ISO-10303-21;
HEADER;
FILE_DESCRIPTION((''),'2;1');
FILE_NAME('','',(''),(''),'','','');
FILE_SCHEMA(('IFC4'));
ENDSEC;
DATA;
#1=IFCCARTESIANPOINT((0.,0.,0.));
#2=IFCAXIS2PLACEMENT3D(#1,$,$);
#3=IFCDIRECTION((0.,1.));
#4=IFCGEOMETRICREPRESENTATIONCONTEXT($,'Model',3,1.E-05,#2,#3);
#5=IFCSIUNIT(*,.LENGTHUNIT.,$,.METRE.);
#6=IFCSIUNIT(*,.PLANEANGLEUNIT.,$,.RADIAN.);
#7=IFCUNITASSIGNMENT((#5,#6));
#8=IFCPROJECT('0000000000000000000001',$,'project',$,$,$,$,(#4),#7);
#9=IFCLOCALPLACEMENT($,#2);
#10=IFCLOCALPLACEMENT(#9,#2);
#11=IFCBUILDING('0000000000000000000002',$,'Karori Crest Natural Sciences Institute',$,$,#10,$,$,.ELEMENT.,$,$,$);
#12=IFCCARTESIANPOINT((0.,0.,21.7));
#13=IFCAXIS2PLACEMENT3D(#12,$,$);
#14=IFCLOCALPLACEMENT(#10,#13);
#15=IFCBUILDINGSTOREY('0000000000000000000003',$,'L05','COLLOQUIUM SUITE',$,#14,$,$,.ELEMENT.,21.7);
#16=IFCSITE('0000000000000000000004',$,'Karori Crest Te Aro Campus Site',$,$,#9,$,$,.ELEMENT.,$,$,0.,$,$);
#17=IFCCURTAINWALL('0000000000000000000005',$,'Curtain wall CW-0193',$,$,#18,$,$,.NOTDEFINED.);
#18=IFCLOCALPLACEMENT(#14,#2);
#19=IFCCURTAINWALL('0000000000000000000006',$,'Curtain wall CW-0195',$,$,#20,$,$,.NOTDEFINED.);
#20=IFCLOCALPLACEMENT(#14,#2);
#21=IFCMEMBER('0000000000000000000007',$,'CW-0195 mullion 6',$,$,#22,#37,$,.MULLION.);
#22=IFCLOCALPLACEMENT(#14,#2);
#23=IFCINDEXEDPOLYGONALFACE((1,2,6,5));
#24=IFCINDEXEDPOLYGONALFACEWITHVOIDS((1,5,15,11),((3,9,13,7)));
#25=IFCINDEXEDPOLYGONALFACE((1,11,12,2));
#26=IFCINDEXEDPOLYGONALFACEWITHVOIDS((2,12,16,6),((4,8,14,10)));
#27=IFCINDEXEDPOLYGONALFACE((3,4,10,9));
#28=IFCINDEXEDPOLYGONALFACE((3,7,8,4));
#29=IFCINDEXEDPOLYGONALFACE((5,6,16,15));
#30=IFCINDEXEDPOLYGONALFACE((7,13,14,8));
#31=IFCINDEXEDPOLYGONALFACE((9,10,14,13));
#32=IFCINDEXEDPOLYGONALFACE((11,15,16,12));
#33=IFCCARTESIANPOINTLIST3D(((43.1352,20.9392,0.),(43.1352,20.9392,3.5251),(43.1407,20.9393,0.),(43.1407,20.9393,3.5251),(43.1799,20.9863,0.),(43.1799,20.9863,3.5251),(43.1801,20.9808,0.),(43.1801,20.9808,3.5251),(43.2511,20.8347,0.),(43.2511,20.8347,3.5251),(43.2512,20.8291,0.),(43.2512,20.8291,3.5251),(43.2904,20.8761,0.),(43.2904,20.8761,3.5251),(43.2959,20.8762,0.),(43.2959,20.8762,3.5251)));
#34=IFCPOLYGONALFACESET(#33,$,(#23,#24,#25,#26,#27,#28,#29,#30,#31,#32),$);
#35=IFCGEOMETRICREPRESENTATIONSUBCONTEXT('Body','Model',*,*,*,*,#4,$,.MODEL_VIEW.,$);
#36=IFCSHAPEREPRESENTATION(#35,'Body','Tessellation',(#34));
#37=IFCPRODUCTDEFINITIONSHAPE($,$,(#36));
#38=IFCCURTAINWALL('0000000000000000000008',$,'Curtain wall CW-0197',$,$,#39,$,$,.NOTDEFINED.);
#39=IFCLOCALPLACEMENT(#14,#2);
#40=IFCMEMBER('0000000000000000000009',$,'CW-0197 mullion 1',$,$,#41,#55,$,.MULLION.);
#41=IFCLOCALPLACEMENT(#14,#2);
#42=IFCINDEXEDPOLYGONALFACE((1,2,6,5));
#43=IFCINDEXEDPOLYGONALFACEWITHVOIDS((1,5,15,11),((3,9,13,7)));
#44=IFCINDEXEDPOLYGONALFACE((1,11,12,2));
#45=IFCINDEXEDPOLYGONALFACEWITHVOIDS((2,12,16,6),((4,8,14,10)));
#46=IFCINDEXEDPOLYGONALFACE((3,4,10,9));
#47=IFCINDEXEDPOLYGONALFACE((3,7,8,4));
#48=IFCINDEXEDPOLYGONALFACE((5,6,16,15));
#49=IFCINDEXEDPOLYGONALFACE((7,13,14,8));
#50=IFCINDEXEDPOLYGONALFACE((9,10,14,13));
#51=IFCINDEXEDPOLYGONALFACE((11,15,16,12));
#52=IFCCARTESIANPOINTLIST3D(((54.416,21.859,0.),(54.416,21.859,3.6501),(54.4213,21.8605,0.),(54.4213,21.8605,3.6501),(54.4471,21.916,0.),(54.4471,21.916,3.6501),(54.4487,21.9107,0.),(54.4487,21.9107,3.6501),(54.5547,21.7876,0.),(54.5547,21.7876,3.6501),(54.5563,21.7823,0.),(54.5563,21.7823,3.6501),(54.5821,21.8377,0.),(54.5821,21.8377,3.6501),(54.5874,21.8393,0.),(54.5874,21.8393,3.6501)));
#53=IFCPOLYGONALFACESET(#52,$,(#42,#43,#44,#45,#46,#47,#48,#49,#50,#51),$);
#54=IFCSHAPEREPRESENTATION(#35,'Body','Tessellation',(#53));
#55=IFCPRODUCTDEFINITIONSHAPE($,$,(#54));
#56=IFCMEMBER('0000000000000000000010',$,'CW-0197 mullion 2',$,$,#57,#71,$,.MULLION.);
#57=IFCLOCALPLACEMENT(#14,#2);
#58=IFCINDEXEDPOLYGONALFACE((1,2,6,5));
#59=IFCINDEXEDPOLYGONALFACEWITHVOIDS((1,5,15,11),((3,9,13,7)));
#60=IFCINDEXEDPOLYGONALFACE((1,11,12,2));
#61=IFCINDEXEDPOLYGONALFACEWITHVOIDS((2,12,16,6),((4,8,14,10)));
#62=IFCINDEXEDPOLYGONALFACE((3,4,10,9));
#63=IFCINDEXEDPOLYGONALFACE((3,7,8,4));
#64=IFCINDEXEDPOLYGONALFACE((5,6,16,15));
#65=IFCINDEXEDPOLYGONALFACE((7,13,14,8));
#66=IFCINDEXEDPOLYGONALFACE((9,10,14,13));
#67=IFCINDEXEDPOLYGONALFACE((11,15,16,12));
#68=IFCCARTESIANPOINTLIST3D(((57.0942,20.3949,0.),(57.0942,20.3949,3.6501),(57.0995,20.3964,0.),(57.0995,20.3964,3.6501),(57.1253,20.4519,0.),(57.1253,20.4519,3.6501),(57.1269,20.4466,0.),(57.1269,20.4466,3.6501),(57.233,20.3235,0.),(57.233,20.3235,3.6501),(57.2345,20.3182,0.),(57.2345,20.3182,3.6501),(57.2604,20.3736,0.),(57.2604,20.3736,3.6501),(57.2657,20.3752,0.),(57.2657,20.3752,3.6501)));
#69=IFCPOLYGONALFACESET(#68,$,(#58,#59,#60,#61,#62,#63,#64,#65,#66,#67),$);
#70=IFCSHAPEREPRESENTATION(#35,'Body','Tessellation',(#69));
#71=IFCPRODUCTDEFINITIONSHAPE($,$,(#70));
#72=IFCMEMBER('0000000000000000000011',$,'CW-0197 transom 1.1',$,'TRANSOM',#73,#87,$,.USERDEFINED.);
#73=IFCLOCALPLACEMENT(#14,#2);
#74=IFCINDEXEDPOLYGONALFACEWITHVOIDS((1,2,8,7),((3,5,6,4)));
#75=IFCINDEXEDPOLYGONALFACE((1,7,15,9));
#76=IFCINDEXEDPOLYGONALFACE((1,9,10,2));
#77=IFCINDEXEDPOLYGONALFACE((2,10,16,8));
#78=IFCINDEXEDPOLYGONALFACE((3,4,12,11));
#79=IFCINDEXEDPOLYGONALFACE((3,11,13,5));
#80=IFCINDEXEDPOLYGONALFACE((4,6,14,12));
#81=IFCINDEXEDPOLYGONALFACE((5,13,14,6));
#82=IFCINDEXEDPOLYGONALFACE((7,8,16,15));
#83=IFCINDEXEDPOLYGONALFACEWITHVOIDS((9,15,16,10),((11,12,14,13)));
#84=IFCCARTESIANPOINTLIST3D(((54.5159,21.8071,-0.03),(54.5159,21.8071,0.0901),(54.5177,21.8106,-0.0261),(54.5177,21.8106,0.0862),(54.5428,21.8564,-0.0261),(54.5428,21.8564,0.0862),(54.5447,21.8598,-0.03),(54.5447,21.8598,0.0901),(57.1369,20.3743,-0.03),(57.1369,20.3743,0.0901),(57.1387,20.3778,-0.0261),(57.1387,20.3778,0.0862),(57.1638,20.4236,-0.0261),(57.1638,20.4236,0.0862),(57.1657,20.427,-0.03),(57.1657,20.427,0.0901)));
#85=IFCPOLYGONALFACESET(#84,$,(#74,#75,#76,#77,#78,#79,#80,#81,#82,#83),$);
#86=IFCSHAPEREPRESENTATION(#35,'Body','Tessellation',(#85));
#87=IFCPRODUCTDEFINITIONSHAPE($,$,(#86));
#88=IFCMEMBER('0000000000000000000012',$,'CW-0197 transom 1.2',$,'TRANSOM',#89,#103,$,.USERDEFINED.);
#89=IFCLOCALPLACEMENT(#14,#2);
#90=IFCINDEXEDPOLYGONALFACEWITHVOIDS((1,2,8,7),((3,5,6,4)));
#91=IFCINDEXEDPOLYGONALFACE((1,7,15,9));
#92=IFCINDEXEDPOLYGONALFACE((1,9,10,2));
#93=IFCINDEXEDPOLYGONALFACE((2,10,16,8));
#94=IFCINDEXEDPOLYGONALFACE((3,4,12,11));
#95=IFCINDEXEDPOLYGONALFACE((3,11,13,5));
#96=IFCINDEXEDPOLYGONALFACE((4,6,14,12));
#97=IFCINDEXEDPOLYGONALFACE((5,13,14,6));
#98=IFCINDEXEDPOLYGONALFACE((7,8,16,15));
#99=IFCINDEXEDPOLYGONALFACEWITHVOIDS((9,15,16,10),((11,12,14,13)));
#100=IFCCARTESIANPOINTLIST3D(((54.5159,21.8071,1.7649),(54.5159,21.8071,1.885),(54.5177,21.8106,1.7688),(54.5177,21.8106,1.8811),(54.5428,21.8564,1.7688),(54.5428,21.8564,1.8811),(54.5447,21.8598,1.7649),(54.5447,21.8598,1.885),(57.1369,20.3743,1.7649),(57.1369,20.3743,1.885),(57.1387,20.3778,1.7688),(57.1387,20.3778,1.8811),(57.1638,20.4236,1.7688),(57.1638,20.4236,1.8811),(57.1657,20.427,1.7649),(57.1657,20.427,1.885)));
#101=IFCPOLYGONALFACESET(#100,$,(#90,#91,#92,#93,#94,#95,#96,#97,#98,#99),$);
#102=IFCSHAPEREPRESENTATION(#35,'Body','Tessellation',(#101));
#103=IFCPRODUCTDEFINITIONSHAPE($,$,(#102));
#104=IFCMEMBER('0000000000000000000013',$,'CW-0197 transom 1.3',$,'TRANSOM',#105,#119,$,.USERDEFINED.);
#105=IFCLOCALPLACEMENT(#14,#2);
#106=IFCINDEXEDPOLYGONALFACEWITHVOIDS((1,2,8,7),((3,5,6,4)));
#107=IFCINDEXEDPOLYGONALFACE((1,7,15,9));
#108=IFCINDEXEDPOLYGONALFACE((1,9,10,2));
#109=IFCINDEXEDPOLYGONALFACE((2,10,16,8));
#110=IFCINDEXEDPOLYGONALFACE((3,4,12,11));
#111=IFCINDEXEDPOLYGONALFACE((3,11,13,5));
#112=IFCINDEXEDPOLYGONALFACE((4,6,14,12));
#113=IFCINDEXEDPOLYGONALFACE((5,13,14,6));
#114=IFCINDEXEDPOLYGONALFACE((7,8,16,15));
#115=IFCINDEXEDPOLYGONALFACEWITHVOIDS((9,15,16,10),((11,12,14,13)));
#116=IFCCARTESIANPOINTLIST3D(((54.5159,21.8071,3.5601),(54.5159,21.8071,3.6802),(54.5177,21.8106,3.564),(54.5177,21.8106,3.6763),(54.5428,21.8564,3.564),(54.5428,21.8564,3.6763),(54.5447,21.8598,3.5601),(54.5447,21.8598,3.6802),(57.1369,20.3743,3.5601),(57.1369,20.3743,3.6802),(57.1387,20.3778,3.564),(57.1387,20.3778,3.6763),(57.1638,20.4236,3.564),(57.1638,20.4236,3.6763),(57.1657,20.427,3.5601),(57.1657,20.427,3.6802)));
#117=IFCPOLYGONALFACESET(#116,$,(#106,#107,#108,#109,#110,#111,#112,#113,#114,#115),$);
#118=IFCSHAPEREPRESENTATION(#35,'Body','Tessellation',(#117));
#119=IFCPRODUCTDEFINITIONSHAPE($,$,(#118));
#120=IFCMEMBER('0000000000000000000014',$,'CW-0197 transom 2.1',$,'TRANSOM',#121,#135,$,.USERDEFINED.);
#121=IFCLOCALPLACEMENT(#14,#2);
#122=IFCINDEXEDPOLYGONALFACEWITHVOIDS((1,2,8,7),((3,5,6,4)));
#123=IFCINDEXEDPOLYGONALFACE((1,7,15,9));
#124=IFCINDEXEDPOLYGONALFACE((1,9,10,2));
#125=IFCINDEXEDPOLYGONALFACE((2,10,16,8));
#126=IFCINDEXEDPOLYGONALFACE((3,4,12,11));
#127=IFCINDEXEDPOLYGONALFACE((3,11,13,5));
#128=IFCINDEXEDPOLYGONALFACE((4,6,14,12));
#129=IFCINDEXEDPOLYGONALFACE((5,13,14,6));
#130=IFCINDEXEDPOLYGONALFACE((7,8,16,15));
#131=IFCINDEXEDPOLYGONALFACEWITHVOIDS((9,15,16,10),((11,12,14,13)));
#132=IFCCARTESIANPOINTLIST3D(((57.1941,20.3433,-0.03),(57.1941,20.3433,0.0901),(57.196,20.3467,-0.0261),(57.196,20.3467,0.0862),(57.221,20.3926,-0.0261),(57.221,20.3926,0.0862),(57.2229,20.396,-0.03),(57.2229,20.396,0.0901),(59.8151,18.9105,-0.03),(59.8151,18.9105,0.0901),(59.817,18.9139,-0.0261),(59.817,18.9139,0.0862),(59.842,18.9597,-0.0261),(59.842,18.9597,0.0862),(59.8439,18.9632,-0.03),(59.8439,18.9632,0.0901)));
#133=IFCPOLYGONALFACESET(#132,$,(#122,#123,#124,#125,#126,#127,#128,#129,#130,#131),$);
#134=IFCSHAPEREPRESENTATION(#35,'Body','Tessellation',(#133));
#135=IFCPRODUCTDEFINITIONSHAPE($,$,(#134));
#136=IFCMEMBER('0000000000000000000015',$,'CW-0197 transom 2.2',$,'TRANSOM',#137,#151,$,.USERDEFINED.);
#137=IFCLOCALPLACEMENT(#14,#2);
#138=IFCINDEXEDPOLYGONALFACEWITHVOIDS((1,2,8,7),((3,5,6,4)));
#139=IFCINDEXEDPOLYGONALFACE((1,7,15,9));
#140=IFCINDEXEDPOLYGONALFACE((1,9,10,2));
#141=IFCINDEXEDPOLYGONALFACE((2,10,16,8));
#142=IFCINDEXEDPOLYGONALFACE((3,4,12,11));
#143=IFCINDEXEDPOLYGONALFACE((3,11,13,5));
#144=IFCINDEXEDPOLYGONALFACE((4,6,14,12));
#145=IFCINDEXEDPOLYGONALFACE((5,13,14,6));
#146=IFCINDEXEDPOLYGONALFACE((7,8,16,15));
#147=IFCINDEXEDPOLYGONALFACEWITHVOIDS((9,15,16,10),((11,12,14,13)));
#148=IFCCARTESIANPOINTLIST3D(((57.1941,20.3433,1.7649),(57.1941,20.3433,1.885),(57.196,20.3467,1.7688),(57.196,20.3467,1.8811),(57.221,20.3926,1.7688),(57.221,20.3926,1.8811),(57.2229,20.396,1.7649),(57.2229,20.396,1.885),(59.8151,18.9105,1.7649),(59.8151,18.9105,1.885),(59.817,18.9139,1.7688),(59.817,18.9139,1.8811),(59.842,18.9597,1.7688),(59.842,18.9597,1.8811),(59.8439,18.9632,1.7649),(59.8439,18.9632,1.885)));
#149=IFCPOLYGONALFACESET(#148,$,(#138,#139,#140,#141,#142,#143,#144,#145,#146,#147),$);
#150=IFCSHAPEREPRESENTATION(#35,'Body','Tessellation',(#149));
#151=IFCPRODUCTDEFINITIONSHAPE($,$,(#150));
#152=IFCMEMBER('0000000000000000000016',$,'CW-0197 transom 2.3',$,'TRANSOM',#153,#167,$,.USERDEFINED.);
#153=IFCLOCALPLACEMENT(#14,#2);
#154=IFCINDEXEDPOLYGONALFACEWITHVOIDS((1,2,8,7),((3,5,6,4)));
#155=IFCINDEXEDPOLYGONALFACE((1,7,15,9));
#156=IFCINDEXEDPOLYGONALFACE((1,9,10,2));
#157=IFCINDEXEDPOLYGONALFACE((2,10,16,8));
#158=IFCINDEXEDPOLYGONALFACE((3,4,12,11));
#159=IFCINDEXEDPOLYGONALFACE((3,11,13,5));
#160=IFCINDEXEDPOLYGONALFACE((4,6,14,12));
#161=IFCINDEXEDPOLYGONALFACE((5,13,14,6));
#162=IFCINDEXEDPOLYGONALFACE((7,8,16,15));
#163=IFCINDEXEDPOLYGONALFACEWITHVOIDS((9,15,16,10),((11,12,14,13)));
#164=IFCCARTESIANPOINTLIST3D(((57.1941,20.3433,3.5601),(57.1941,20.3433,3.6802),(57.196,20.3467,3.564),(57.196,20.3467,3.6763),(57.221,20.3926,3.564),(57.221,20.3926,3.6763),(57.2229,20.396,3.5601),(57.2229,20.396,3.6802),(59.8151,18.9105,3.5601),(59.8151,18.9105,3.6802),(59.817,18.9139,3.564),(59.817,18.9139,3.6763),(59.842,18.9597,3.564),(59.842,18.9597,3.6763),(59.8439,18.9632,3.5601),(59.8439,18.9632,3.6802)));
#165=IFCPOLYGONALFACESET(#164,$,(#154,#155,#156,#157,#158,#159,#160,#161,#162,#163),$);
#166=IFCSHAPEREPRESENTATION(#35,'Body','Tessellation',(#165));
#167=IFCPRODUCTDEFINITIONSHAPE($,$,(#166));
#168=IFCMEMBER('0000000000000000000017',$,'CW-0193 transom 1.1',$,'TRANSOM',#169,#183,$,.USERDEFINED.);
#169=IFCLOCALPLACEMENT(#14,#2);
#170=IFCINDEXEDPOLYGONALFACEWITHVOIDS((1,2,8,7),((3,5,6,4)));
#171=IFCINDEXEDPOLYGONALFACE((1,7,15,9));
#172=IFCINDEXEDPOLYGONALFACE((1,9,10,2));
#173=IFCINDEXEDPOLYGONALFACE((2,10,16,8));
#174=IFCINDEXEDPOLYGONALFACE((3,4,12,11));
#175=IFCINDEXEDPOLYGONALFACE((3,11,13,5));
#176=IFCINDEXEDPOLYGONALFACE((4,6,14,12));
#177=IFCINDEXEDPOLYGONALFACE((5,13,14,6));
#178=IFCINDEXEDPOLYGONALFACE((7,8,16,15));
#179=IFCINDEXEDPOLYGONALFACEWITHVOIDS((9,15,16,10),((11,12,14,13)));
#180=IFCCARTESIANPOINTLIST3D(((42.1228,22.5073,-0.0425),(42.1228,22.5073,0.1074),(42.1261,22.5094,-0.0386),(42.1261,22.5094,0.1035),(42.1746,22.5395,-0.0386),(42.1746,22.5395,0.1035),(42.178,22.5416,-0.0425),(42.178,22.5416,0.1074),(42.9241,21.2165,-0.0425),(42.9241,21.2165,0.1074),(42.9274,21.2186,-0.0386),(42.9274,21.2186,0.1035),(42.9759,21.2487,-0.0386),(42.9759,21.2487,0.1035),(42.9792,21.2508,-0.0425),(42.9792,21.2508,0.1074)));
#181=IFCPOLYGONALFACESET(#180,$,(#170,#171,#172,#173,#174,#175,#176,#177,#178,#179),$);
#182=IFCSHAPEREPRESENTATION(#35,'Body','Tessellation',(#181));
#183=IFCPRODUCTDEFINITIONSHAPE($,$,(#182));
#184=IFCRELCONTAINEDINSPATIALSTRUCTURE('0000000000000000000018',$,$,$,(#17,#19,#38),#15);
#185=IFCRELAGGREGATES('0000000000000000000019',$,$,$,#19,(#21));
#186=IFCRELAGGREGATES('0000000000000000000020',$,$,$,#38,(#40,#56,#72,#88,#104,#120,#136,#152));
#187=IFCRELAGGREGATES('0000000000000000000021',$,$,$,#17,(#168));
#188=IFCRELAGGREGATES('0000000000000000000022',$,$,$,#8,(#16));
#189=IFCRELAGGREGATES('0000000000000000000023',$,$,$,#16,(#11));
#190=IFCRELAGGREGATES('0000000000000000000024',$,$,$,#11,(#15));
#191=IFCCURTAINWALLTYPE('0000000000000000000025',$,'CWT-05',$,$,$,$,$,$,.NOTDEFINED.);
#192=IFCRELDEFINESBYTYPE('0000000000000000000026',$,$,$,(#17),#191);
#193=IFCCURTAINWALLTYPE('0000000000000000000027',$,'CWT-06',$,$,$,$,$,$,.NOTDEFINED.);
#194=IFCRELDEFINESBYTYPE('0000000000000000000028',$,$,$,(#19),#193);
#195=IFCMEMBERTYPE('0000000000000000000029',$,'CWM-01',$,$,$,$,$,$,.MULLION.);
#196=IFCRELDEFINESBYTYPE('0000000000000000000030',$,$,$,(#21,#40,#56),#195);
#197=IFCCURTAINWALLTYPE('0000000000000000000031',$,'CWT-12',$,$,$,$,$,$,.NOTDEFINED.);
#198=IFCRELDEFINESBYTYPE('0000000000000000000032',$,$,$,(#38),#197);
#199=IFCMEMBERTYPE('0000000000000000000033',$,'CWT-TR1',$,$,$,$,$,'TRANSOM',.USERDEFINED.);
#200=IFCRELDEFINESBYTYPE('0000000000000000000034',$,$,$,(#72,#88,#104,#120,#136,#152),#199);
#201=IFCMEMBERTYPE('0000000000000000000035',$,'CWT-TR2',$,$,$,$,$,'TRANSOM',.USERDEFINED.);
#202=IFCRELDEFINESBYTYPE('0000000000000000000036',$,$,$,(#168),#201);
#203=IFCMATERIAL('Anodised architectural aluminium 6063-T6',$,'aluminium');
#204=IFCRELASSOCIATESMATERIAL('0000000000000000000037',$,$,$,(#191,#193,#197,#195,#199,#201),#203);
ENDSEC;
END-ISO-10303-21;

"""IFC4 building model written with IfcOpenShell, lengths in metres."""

from ifc_helpers import new_model, si_unit, direction, frame, origin, origin_2d, place, context, subcontext, project, spatial, hollow_rectangle, extrude, material, material_profile, profile_set, type_object, element, aggregate, save


model = new_model("IFC4")

# Units and contexts
model_context = context("Model", 3, precision=1e-05, world=origin(), true_north=direction((0.0, 1.0)))
body_context = subcontext(model_context, "Body", "Model", "MODEL_VIEW")
ifc_project = project(units=[si_unit("LENGTHUNIT", "METRE"), si_unit("PLANEANGLEUNIT", "RADIAN")], contexts=[model_context])

# Site, building, storey
site_placement = place(None, origin())
site = spatial("IfcSite", under=ifc_project, at=site_placement, Name="Karori Crest Te Aro Campus Site", CompositionType="ELEMENT", RefElevation=0.0)
building_placement = place(site_placement, origin())
building = spatial("IfcBuilding", under=site, at=building_placement, Name="Karori Crest Natural Sciences Institute", CompositionType="ELEMENT")
storey_placement = place(building_placement, frame((0.0, 0.0, 21.7)))
storey = spatial("IfcBuildingStorey", under=building, at=storey_placement, Name="L05", Description="COLLOQUIUM SUITE", CompositionType="ELEMENT", Elevation=21.7)

# Curtain walls, member
ifc_material_1 = material(Name="Anodised architectural aluminium 6063-T6", Category="aluminium")
curtain_wall_type_1 = type_object("IfcCurtainWallType", Name="CWT-05", PredefinedType="NOTDEFINED", material=ifc_material_1)
curtain_wall_1_placement = place(storey_placement, origin())
curtain_wall_1 = element("IfcCurtainWall", 1, at=curtain_wall_1_placement, inside=storey, type_object=curtain_wall_type_1, Name="Curtain wall CW-0193", PredefinedType="NOTDEFINED")
ifc_material_profile_1 = material_profile(ifc_material_1, hollow_rectangle(XDim=0.0649, YDim=0.1599, WallThickness=0.0039, at=origin_2d()), Name="CWM160x65x4")
ifc_profile_set_1 = profile_set([ifc_material_profile_1], Name="Anodised architectural aluminium 6063-T6")
member_type_1 = type_object("IfcMemberType", Name="CWM-01", PredefinedType="MULLION", material=ifc_profile_set_1)
curtain_wall_type_2 = type_object("IfcCurtainWallType", Name="CWT-06", PredefinedType="NOTDEFINED", material=ifc_material_1)
curtain_wall_2_placement = place(storey_placement, origin())
curtain_wall_2 = element("IfcCurtainWall", 2, at=curtain_wall_2_placement, inside=storey, type_object=curtain_wall_type_2, Name="Curtain wall CW-0195", PredefinedType="NOTDEFINED")
member_1_placement = place(storey_placement, frame((43.2156, 20.9077, 0.0), z_axis=(0.0, 0.0, 1.0), x_axis=(-0.688252, -0.725471, 0.0)))
member_1 = element("IfcMember", 3, at=member_1_placement, type_object=member_type_1, Name="CW-0195 mullion 6", PredefinedType="MULLION", context=body_context, shape_type="SweptSolid", body=[
    extrude(hollow_rectangle(XDim=0.0649, YDim=0.1599, WallThickness=0.0039, at=origin_2d()), origin(), (0.0, 0.0, 1.0), 3.5251),
])

# Curtain wall, members
curtain_wall_type_3 = type_object("IfcCurtainWallType", Name="CWT-12", PredefinedType="NOTDEFINED", material=ifc_material_1)
curtain_wall_3_placement = place(storey_placement, origin())
curtain_wall_3 = element("IfcCurtainWall", 4, at=curtain_wall_3_placement, inside=storey, type_object=curtain_wall_type_3, Name="Curtain wall CW-0197", PredefinedType="NOTDEFINED")
member_2_placement = place(storey_placement, frame((54.5017, 21.8491, 0.0), z_axis=(0.0, 0.0, 1.0), x_axis=(0.479631, 0.87747, 0.0)))
member_2 = element("IfcMember", 5, at=member_2_placement, type_object=member_type_1, Name="CW-0197 mullion 1", PredefinedType="MULLION", context=body_context, shape_type="SweptSolid", body=[
    extrude(hollow_rectangle(XDim=0.0649, YDim=0.1599, WallThickness=0.0039, at=origin_2d()), origin(), (0.0, 0.0, 1.0), 3.6501),
])
member_3_placement = place(storey_placement, frame((57.1799, 20.385, 0.0), z_axis=(0.0, 0.0, 1.0), x_axis=(0.479631, 0.87747, 0.0)))
member_3 = element("IfcMember", 6, at=member_3_placement, type_object=member_type_1, Name="CW-0197 mullion 2", PredefinedType="MULLION", context=body_context, shape_type="SweptSolid", body=[
    extrude(hollow_rectangle(XDim=0.0649, YDim=0.1599, WallThickness=0.0039, at=origin_2d()), origin(), (0.0, 0.0, 1.0), 3.6501),
])
ifc_material_profile_2 = material_profile(ifc_material_1, hollow_rectangle(XDim=0.0601, YDim=0.1201, WallThickness=0.0039, at=origin_2d()), Name="CWT120x60x4")
ifc_profile_set_2 = profile_set([ifc_material_profile_2], Name="Anodised architectural aluminium 6063-T6")
member_type_2 = type_object("IfcMemberType", Name="CWT-TR1", ElementType="TRANSOM", PredefinedType="USERDEFINED", material=ifc_profile_set_2)
member_4_placement = place(storey_placement, frame((54.5303, 21.8335, 0.03), z_axis=(0.877449, -0.479671, 0.0), x_axis=(0.479671, 0.877449, 0.0)))
member_4 = element("IfcMember", 7, at=member_4_placement, type_object=member_type_2, Name="CW-0197 transom 1.1", ObjectType="TRANSOM", PredefinedType="USERDEFINED", context=body_context, shape_type="SweptSolid", body=[
    extrude(hollow_rectangle(XDim=0.0601, YDim=0.1201, WallThickness=0.0039, at=origin_2d()), origin(), (0.0, 0.0, 1.0), 2.9871),
])
member_5_placement = place(storey_placement, frame((54.5303, 21.8335, 1.825), z_axis=(0.877449, -0.479671, 0.0), x_axis=(0.479671, 0.877449, 0.0)))
member_5 = element("IfcMember", 8, at=member_5_placement, type_object=member_type_2, Name="CW-0197 transom 1.2", ObjectType="TRANSOM", PredefinedType="USERDEFINED", context=body_context, shape_type="SweptSolid", body=[
    extrude(hollow_rectangle(XDim=0.0601, YDim=0.1201, WallThickness=0.0039, at=origin_2d()), origin(), (0.0, 0.0, 1.0), 2.9871),
])
member_6_placement = place(storey_placement, frame((54.5303, 21.8335, 3.6201), z_axis=(0.877449, -0.479671, 0.0), x_axis=(0.479671, 0.877449, 0.0)))
member_6 = element("IfcMember", 9, at=member_6_placement, type_object=member_type_2, Name="CW-0197 transom 1.3", ObjectType="TRANSOM", PredefinedType="USERDEFINED", context=body_context, shape_type="SweptSolid", body=[
    extrude(hollow_rectangle(XDim=0.0601, YDim=0.1201, WallThickness=0.0039, at=origin_2d()), origin(), (0.0, 0.0, 1.0), 2.9871),
])
member_7_placement = place(storey_placement, frame((57.2085, 20.3696, 0.03), z_axis=(0.877449, -0.479671, 0.0), x_axis=(0.479671, 0.877449, 0.0)))
member_7 = element("IfcMember", 10, at=member_7_placement, type_object=member_type_2, Name="CW-0197 transom 2.1", ObjectType="TRANSOM", PredefinedType="USERDEFINED", context=body_context, shape_type="SweptSolid", body=[
    extrude(hollow_rectangle(XDim=0.0601, YDim=0.1201, WallThickness=0.0039, at=origin_2d()), origin(), (0.0, 0.0, 1.0), 2.9871),
])
member_8_placement = place(storey_placement, frame((57.2085, 20.3696, 1.825), z_axis=(0.877449, -0.479671, 0.0), x_axis=(0.479671, 0.877449, 0.0)))
member_8 = element("IfcMember", 11, at=member_8_placement, type_object=member_type_2, Name="CW-0197 transom 2.2", ObjectType="TRANSOM", PredefinedType="USERDEFINED", context=body_context, shape_type="SweptSolid", body=[
    extrude(hollow_rectangle(XDim=0.0601, YDim=0.1201, WallThickness=0.0039, at=origin_2d()), origin(), (0.0, 0.0, 1.0), 2.9871),
])
member_9_placement = place(storey_placement, frame((57.2085, 20.3696, 3.6201), z_axis=(0.877449, -0.479671, 0.0), x_axis=(0.479671, 0.877449, 0.0)))
member_9 = element("IfcMember", 12, at=member_9_placement, type_object=member_type_2, Name="CW-0197 transom 2.3", ObjectType="TRANSOM", PredefinedType="USERDEFINED", context=body_context, shape_type="SweptSolid", body=[
    extrude(hollow_rectangle(XDim=0.0601, YDim=0.1201, WallThickness=0.0039, at=origin_2d()), origin(), (0.0, 0.0, 1.0), 2.9871),
])

# Member
ifc_material_profile_3 = material_profile(ifc_material_1, hollow_rectangle(XDim=0.0649, YDim=0.1499, WallThickness=0.0039, at=origin_2d()), Name="CWT150x65x4")
ifc_profile_set_3 = profile_set([ifc_material_profile_3], Name="Anodised architectural aluminium 6063-T6")
member_type_3 = type_object("IfcMemberType", Name="CWT-TR2", ElementType="TRANSOM", PredefinedType="USERDEFINED", material=ifc_profile_set_3)
member_10_placement = place(storey_placement, frame((42.9517, 21.2336, 0.0325), z_axis=(-0.527411, 0.84961, 0.0), x_axis=(-0.84961, -0.527411, 0.0)))
member_10 = element("IfcMember", 13, at=member_10_placement, type_object=member_type_3, Name="CW-0193 transom 1.1", ObjectType="TRANSOM", PredefinedType="USERDEFINED", context=body_context, shape_type="SweptSolid", body=[
    extrude(hollow_rectangle(XDim=0.0649, YDim=0.1499, WallThickness=0.0039, at=origin_2d()), origin(), (0.0, 0.0, 1.0), 1.5193),
])

aggregate(curtain_wall_2, [member_1])
aggregate(curtain_wall_3, [member_2, member_3, member_4, member_5, member_6, member_7, member_8, member_9])
aggregate(curtain_wall_1, [member_10])

save(model, "model.ifc")
